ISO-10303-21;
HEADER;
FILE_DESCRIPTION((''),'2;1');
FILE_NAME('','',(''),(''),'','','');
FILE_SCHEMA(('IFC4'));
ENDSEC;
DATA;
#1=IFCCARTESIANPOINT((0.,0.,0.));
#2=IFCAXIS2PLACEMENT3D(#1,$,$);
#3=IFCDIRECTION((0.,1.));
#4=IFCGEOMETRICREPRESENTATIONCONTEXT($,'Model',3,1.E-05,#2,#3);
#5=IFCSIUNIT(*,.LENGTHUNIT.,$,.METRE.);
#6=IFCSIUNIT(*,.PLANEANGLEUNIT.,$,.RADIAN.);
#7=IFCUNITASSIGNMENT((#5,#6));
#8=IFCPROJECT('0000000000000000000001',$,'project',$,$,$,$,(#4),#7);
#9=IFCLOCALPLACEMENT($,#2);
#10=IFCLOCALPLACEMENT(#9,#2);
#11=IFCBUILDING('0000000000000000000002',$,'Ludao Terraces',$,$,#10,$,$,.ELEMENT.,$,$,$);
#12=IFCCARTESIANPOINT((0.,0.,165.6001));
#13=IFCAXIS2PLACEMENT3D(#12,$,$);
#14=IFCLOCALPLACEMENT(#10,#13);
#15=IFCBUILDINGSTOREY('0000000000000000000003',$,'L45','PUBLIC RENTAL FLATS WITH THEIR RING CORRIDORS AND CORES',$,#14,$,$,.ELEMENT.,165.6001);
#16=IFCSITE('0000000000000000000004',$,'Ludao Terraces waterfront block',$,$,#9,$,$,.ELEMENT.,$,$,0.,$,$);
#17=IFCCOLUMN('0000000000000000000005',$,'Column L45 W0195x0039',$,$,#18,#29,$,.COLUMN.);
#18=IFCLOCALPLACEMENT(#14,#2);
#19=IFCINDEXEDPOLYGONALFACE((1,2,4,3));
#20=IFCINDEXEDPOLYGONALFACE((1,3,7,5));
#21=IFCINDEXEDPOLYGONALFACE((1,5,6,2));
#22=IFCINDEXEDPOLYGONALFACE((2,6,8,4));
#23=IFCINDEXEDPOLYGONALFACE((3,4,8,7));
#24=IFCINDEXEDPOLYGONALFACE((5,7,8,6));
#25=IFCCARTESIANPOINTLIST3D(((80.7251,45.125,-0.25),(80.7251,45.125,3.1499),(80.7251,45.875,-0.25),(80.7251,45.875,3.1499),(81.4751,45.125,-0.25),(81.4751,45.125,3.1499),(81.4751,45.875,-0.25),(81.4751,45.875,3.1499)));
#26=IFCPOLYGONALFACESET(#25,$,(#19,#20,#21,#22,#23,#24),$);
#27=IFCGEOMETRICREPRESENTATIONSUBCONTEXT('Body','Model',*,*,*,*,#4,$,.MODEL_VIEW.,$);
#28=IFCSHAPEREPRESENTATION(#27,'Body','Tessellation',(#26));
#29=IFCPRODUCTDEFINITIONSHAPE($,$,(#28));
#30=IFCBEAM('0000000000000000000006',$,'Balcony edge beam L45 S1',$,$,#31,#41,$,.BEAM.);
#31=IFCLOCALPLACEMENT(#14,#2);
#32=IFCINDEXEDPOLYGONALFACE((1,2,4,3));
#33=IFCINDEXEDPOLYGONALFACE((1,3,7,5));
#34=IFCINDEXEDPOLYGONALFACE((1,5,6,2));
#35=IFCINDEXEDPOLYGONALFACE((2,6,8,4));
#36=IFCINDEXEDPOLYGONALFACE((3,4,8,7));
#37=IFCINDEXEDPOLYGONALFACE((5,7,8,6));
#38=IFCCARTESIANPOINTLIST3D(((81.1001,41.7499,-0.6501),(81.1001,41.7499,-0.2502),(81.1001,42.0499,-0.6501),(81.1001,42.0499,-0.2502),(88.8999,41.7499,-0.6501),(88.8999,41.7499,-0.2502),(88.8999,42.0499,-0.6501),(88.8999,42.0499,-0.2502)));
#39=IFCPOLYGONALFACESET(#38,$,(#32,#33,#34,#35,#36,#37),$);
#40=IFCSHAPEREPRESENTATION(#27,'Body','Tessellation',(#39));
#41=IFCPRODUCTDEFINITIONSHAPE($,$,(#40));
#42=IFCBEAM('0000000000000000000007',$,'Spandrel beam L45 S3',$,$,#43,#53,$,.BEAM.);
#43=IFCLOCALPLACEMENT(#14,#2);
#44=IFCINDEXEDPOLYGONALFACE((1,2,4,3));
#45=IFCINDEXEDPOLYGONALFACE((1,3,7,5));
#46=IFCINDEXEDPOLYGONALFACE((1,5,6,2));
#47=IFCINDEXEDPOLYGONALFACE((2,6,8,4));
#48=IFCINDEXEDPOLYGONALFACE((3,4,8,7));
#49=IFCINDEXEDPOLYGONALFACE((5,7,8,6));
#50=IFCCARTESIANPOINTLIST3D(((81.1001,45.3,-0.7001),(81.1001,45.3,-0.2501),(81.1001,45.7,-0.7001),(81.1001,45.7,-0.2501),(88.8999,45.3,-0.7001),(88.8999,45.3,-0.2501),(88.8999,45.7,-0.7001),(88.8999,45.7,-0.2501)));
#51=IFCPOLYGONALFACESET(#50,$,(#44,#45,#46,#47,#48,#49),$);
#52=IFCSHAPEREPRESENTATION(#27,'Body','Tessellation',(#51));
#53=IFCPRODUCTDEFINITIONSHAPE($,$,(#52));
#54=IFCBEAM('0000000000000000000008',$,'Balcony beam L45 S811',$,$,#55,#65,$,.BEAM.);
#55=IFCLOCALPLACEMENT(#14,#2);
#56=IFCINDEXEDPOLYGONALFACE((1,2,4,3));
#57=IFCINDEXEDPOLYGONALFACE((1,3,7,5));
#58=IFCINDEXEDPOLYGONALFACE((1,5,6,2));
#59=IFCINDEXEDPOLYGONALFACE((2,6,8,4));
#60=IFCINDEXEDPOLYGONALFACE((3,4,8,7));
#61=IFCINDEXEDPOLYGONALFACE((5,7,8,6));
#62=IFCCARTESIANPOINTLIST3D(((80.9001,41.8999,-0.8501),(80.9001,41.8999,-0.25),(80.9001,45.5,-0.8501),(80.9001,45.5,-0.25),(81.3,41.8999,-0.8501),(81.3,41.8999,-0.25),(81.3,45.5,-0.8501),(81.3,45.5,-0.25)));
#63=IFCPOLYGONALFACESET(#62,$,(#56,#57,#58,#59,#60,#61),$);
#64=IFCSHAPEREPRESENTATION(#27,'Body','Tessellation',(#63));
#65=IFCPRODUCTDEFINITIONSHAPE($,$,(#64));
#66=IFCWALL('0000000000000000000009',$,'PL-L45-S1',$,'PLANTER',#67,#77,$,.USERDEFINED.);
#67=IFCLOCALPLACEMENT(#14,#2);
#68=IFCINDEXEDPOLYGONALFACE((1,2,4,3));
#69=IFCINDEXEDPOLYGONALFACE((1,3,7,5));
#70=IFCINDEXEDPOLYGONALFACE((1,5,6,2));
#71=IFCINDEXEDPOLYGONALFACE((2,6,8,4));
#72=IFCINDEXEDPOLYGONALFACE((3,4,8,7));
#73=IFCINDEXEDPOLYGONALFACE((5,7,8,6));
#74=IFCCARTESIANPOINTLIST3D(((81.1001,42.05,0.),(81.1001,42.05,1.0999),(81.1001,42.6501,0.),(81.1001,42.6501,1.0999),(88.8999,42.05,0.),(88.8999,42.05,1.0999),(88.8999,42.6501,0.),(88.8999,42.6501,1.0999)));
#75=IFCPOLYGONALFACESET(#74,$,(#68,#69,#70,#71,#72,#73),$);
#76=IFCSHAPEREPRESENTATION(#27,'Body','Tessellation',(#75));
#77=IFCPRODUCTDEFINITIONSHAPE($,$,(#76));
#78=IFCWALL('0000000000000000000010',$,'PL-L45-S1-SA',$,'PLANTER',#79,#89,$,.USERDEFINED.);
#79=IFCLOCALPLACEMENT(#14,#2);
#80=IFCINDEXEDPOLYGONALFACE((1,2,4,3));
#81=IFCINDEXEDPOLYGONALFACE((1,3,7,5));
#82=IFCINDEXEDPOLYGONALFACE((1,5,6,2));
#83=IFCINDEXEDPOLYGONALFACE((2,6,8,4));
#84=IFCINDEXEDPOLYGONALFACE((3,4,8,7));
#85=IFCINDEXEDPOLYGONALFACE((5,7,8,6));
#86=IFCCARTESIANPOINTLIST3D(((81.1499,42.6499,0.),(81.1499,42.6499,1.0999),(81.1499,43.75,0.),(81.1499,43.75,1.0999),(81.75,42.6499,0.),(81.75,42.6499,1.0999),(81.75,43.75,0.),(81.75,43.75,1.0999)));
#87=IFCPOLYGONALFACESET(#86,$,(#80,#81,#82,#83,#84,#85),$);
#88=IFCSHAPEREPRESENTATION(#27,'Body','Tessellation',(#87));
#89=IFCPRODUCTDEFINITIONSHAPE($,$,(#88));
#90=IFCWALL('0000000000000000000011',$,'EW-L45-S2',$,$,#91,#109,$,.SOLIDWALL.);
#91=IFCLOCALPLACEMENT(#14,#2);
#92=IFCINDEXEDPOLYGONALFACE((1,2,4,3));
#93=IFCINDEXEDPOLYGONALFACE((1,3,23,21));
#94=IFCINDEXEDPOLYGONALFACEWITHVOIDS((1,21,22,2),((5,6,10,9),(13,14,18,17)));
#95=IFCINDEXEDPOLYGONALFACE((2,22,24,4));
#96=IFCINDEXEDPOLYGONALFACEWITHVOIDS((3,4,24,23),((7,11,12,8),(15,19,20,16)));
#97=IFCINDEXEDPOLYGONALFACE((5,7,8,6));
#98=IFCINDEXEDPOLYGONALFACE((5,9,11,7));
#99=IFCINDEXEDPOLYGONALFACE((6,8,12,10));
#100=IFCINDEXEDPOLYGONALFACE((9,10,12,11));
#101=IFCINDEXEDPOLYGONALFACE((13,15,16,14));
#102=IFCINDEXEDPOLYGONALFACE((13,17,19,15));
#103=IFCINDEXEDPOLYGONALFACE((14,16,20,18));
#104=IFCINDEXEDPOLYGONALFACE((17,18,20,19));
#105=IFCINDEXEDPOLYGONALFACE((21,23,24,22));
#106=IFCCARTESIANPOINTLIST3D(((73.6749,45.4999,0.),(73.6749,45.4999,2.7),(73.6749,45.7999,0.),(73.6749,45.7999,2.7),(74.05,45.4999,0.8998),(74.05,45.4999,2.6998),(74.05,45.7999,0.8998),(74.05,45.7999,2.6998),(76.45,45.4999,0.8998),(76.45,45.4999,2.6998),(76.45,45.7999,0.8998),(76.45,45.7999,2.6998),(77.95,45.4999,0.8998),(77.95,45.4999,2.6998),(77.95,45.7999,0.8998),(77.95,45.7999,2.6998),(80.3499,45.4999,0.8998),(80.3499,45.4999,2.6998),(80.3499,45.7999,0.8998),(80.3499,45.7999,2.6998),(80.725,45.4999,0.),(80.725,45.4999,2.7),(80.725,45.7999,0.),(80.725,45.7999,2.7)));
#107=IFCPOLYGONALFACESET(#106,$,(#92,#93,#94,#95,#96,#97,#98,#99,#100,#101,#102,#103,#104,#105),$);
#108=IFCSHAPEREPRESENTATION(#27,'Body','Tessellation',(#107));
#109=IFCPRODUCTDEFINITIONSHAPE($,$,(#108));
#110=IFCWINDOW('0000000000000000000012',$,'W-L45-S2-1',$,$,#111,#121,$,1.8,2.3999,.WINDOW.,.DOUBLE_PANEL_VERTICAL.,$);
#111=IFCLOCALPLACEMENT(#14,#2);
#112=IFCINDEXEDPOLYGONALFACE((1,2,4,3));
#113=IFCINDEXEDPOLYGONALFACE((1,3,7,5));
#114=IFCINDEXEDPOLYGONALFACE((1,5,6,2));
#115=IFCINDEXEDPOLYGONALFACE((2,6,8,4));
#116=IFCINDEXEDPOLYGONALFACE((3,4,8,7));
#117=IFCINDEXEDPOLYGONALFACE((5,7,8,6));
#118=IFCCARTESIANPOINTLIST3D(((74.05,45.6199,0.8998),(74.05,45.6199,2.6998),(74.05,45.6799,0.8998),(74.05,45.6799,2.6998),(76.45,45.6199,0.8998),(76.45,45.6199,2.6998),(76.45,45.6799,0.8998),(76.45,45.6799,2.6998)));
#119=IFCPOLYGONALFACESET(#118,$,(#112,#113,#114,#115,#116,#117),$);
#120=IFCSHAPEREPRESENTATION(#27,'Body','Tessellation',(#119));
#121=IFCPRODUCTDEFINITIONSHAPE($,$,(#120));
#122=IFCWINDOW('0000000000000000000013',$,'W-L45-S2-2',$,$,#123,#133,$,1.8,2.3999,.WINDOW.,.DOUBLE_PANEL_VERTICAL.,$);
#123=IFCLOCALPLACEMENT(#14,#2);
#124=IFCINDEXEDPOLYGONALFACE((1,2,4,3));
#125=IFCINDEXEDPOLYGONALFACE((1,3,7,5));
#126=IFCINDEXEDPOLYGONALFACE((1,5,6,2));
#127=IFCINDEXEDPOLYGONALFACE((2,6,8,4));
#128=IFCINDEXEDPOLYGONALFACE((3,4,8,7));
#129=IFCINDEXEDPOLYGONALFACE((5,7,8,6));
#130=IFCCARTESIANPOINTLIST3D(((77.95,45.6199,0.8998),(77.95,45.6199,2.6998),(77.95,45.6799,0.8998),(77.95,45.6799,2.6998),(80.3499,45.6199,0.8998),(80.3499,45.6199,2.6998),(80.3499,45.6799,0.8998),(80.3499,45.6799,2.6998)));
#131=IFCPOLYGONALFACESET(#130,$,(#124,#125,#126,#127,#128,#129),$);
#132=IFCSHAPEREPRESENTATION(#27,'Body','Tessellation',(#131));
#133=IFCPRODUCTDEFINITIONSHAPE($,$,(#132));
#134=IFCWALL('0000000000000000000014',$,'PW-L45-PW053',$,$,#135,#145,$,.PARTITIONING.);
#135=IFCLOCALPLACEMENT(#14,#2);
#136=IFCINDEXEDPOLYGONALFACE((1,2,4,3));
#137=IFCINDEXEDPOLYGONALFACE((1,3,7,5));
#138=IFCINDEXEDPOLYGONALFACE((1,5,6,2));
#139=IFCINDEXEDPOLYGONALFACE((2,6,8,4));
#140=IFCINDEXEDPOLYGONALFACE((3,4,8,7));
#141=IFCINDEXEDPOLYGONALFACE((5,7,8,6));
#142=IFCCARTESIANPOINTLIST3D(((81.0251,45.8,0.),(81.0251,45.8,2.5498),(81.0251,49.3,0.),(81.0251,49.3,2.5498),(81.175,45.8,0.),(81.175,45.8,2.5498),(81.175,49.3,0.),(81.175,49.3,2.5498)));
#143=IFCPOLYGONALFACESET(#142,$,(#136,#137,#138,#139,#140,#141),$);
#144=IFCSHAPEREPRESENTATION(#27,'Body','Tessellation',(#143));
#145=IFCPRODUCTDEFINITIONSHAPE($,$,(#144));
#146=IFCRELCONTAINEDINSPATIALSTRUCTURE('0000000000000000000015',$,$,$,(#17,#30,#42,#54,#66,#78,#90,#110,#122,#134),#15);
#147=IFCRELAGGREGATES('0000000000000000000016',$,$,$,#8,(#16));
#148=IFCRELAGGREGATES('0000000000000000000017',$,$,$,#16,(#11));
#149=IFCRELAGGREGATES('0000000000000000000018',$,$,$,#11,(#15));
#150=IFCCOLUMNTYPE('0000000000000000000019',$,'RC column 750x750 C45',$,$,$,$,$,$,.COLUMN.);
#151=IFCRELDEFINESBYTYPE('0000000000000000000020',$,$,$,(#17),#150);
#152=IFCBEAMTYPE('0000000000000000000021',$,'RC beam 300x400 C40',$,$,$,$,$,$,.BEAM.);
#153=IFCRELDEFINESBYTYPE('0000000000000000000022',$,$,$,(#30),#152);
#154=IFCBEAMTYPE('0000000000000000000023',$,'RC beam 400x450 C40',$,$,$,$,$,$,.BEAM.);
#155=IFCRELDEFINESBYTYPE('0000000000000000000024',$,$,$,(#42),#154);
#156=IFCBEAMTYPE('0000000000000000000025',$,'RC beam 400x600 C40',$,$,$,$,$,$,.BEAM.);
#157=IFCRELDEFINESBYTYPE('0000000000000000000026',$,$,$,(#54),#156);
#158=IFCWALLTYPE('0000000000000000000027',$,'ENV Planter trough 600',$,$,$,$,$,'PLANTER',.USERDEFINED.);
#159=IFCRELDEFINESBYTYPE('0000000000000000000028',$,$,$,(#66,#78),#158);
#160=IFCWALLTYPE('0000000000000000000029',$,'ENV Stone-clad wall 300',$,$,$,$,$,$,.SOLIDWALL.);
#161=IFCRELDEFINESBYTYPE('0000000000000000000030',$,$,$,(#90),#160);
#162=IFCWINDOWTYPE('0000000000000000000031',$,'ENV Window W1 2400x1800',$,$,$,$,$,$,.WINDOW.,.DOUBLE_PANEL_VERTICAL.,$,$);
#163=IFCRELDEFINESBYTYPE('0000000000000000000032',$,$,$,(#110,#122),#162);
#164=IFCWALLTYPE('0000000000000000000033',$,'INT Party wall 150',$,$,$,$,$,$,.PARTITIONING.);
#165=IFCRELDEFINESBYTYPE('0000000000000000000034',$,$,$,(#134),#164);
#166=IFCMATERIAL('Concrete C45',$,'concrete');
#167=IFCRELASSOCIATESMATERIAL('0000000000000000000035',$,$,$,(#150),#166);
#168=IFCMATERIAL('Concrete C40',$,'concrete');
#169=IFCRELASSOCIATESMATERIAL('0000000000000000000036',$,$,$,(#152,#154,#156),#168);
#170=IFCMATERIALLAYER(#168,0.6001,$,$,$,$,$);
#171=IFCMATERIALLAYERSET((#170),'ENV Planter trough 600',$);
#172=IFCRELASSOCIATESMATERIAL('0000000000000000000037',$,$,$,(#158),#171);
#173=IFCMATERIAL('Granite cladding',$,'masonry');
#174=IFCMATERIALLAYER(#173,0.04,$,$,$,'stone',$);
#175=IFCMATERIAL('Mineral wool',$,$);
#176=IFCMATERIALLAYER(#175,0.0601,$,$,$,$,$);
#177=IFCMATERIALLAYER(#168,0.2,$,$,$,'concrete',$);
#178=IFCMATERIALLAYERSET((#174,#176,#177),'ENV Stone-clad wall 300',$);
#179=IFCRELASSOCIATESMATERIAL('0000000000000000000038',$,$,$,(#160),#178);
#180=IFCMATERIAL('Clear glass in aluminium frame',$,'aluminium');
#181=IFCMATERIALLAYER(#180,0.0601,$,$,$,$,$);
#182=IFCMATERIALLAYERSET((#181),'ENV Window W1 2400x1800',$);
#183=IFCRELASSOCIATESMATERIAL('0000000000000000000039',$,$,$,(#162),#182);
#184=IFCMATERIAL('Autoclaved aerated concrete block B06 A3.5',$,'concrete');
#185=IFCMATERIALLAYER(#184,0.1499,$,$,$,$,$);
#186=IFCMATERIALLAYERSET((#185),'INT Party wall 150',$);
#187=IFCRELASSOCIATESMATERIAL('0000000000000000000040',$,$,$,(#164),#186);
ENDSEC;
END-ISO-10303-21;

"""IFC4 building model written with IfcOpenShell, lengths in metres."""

from ifc_helpers import new_model, si_unit, direction, frame, frame_2d, origin, origin_2d, place, context, subcontext, project, spatial, rectangle, extrude, material, layer, layer_set, material_profile, profile_set, type_object, element, fill, save


model = new_model("IFC4")

# Units and contexts
model_context = context("Model", 3, precision=1e-05, world=origin(), true_north=direction((0.0, 1.0)))
body_context = subcontext(model_context, "Body", "Model", "MODEL_VIEW")
ifc_project = project(units=[si_unit("LENGTHUNIT", "METRE"), si_unit("PLANEANGLEUNIT", "RADIAN")], contexts=[model_context])

# Site, building, storey
site_placement = place(None, origin())
site = spatial("IfcSite", under=ifc_project, at=site_placement, Name="Ludao Terraces waterfront block", CompositionType="ELEMENT", RefElevation=0.0)
building_placement = place(site_placement, origin())
building = spatial("IfcBuilding", under=site, at=building_placement, Name="Ludao Terraces", CompositionType="ELEMENT")
storey_placement = place(building_placement, frame((0.0, 0.0, 165.6001)))
storey = spatial("IfcBuildingStorey", under=building, at=storey_placement, Name="L45", Description="PUBLIC RENTAL FLATS WITH THEIR RING CORRIDORS AND CORES", CompositionType="ELEMENT", Elevation=165.6001)

# Column
ifc_material_1 = material(Name="Concrete C45", Category="concrete")
ifc_material_profile_1 = material_profile(ifc_material_1, rectangle(XDim=0.75, YDim=0.75, at=origin_2d()), Name="750 X 750")
ifc_profile_set_1 = profile_set([ifc_material_profile_1], Name="Concrete C45")
column_type = type_object("IfcColumnType", Name="RC column 750x750 C45", PredefinedType="COLUMN", material=ifc_profile_set_1)
column_placement = place(storey_placement, frame((81.1001, 45.5, -0.25), z_axis=(0.0, 0.0, 1.0), x_axis=(1.0, 0.0, 0.0)))
element("IfcColumn", 1, at=column_placement, inside=storey, type_object=column_type, Name="Column L45 W0195x0039", PredefinedType="COLUMN", context=body_context, shape_type="SweptSolid", body=[
    extrude(rectangle(XDim=0.75, YDim=0.75, at=origin_2d()), origin(), (0.0, 0.0, 1.0), 3.3999),
])

# Beams
ifc_material_2 = material(Name="Concrete C40", Category="concrete")
ifc_material_profile_2 = material_profile(ifc_material_2, rectangle(XDim=0.3, YDim=0.3999, at=origin_2d()), Name="300 X 400")
ifc_profile_set_2 = profile_set([ifc_material_profile_2], Name="Concrete C40")
beam_type_1 = type_object("IfcBeamType", Name="RC beam 300x400 C40", PredefinedType="BEAM", material=ifc_profile_set_2)
beam_1_placement = place(storey_placement, frame((81.1001, 41.8999, -0.4502), z_axis=(1.0, 0.0, 0.0), x_axis=(0.0, 1.0, 0.0)))
element("IfcBeam", 2, at=beam_1_placement, inside=storey, type_object=beam_type_1, Name="Balcony edge beam L45 S1", PredefinedType="BEAM", context=body_context, shape_type="SweptSolid", body=[
    extrude(rectangle(XDim=0.3, YDim=0.3999, at=origin_2d()), origin(), (0.0, 0.0, 1.0), 7.7998),
])
ifc_material_profile_3 = material_profile(ifc_material_2, rectangle(XDim=0.3999, YDim=0.45, at=origin_2d()), Name="400 X 450")
ifc_profile_set_3 = profile_set([ifc_material_profile_3], Name="Concrete C40")
beam_type_2 = type_object("IfcBeamType", Name="RC beam 400x450 C40", PredefinedType="BEAM", material=ifc_profile_set_3)
beam_2_placement = place(storey_placement, frame((81.1001, 45.5, -0.4751), z_axis=(1.0, 0.0, 0.0), x_axis=(0.0, 1.0, 0.0)))
element("IfcBeam", 3, at=beam_2_placement, inside=storey, type_object=beam_type_2, Name="Spandrel beam L45 S3", PredefinedType="BEAM", context=body_context, shape_type="SweptSolid", body=[
    extrude(rectangle(XDim=0.3999, YDim=0.45, at=origin_2d()), origin(), (0.0, 0.0, 1.0), 7.7998),
])
ifc_material_profile_4 = material_profile(ifc_material_2, rectangle(XDim=0.3999, YDim=0.6001, at=origin_2d()), Name="400 X 600")
ifc_profile_set_4 = profile_set([ifc_material_profile_4], Name="Concrete C40")
beam_type_3 = type_object("IfcBeamType", Name="RC beam 400x600 C40", PredefinedType="BEAM", material=ifc_profile_set_4)
beam_3_placement = place(storey_placement, frame((81.1001, 45.5, -0.55), z_axis=(0.0, -1.0, 0.0), x_axis=(1.0, 0.0, 0.0)))
element("IfcBeam", 4, at=beam_3_placement, inside=storey, type_object=beam_type_3, Name="Balcony beam L45 S811", PredefinedType="BEAM", context=body_context, shape_type="SweptSolid", body=[
    extrude(rectangle(XDim=0.3999, YDim=0.6001, at=origin_2d()), origin(), (0.0, 0.0, 1.0), 3.6001),
])

# Walls
ifc_layer_1 = layer(ifc_material_2, 0.6001)
ifc_layer_set_1 = layer_set([ifc_layer_1], Name="ENV Planter trough 600")
wall_type_1 = type_object("IfcWallType", Name="ENV Planter trough 600", ElementType="PLANTER", PredefinedType="USERDEFINED", material=ifc_layer_set_1)
wall_1_placement = place(storey_placement, frame((81.1001, 42.3501, 0.0), z_axis=(0.0, 0.0, 1.0), x_axis=(1.0, 0.0, 0.0)))
element("IfcWall", 5, at=wall_1_placement, inside=storey, type_object=wall_type_1, Name="PL-L45-S1", ObjectType="PLANTER", PredefinedType="USERDEFINED", context=body_context, shape_type="SweptSolid", body=[
    extrude(rectangle(XDim=7.7998, YDim=0.6001, at=frame_2d((3.8999, 0.0))), origin(), (0.0, 0.0, 1.0), 1.0999),
])
wall_2_placement = place(storey_placement, frame((81.45, 42.6499, 0.0), z_axis=(0.0, 0.0, 1.0), x_axis=(0.0, 1.0, 0.0)))
element("IfcWall", 6, at=wall_2_placement, inside=storey, type_object=wall_type_1, Name="PL-L45-S1-SA", ObjectType="PLANTER", PredefinedType="USERDEFINED", context=body_context, shape_type="SweptSolid", body=[
    extrude(rectangle(XDim=1.1001, YDim=0.6001, at=frame_2d((0.55, 0.0))), origin(), (0.0, 0.0, 1.0), 1.0999),
])

# Wall, openings, windows
ifc_material_3 = material(Name="Granite cladding", Category="masonry")
ifc_layer_2 = layer(ifc_material_3, 0.04, Category="stone")
ifc_material_4 = material(Name="Mineral wool")
ifc_layer_3 = layer(ifc_material_4, 0.0601)
ifc_layer_4 = layer(ifc_material_2, 0.2, Category="concrete")
ifc_layer_set_2 = layer_set([ifc_layer_2, ifc_layer_3, ifc_layer_4], Name="ENV Stone-clad wall 300")
wall_type_2 = type_object("IfcWallType", Name="ENV Stone-clad wall 300", PredefinedType="SOLIDWALL", material=ifc_layer_set_2)
wall_3_placement = place(storey_placement, frame((73.675, 45.6499, 0.0), z_axis=(0.0, 0.0, 1.0), x_axis=(1.0, 0.0, 0.0)))
wall_3 = element("IfcWall", 7, at=wall_3_placement, inside=storey, type_object=wall_type_2, Name="EW-L45-S2", PredefinedType="SOLIDWALL", context=body_context, shape_type="SweptSolid", body=[
    extrude(rectangle(XDim=7.05, YDim=0.3, at=frame_2d((3.5249, 0.0))), origin(), (0.0, 0.0, 1.0), 2.7),
])
opening_1_placement = place(wall_3_placement, frame((0.375, 0.0, 0.8999)))
opening_1 = element("IfcOpeningElement", 8, at=opening_1_placement, cuts=wall_3, PredefinedType="OPENING", context=body_context, shape_type="SweptSolid", body=[
    extrude(rectangle(XDim=2.3999, YDim=1.8, at=frame_2d((1.2, 0.8999))), frame((0.0, 0.1602, 0.0), z_axis=(0.0, -1.0, 0.0), x_axis=(1.0, 0.0, 0.0)), (0.0, 0.0, 1.0), 0.3201),
])
opening_2_placement = place(wall_3_placement, frame((4.2749, 0.0, 0.8999)))
opening_2 = element("IfcOpeningElement", 9, at=opening_2_placement, cuts=wall_3, PredefinedType="OPENING", context=body_context, shape_type="SweptSolid", body=[
    extrude(rectangle(XDim=2.3999, YDim=1.8, at=frame_2d((1.2, 0.8999))), frame((0.0, 0.1602, 0.0), z_axis=(0.0, -1.0, 0.0), x_axis=(1.0, 0.0, 0.0)), (0.0, 0.0, 1.0), 0.3201),
])
ifc_material_5 = material(Name="Clear glass in aluminium frame", Category="aluminium")
ifc_layer_5 = layer(ifc_material_5, 0.0601)
ifc_layer_set_3 = layer_set([ifc_layer_5], Name="ENV Window W1 2400x1800")
window_type = type_object("IfcWindowType", Name="ENV Window W1 2400x1800", PartitioningType="DOUBLE_PANEL_VERTICAL", PredefinedType="WINDOW", material=ifc_layer_set_3)
window_1_placement = place(opening_1_placement, origin())
window_1 = element("IfcWindow", 10, at=window_1_placement, inside=storey, type_object=window_type, Name="W-L45-S2-1", OverallHeight=1.8, OverallWidth=2.3999, PartitioningType="DOUBLE_PANEL_VERTICAL", PredefinedType="WINDOW", context=body_context, shape_type="SweptSolid", body=[
    extrude(rectangle(XDim=2.3999, YDim=1.8, at=frame_2d((1.2, 0.8999))), frame((0.0, 0.03, 0.0), z_axis=(0.0, -1.0, 0.0), x_axis=(1.0, 0.0, 0.0)), (0.0, 0.0, 1.0), 0.0601),
])
fill(opening_1, window_1)
window_2_placement = place(opening_2_placement, origin())
window_2 = element("IfcWindow", 11, at=window_2_placement, inside=storey, type_object=window_type, Name="W-L45-S2-2", OverallHeight=1.8, OverallWidth=2.3999, PartitioningType="DOUBLE_PANEL_VERTICAL", PredefinedType="WINDOW", context=body_context, shape_type="SweptSolid", body=[
    extrude(rectangle(XDim=2.3999, YDim=1.8, at=frame_2d((1.2, 0.8999))), frame((0.0, 0.03, 0.0), z_axis=(0.0, -1.0, 0.0), x_axis=(1.0, 0.0, 0.0)), (0.0, 0.0, 1.0), 0.0601),
])
fill(opening_2, window_2)

# Wall
ifc_material_6 = material(Name="Autoclaved aerated concrete block B06 A3.5", Category="concrete")
ifc_layer_6 = layer(ifc_material_6, 0.1499)
ifc_layer_set_4 = layer_set([ifc_layer_6], Name="INT Party wall 150")
wall_type_3 = type_object("IfcWallType", Name="INT Party wall 150", PredefinedType="PARTITIONING", material=ifc_layer_set_4)
wall_4_placement = place(storey_placement, frame((81.1001, 45.8, 0.0), z_axis=(0.0, 0.0, 1.0), x_axis=(0.0, 1.0, 0.0)))
element("IfcWall", 12, at=wall_4_placement, inside=storey, type_object=wall_type_3, Name="PW-L45-PW053", PredefinedType="PARTITIONING", context=body_context, shape_type="SweptSolid", body=[
    extrude(rectangle(XDim=3.5, YDim=0.1499, at=frame_2d((1.75, 0.0))), origin(), (0.0, 0.0, 1.0), 2.5498),
])

save(model, "model.ifc")
